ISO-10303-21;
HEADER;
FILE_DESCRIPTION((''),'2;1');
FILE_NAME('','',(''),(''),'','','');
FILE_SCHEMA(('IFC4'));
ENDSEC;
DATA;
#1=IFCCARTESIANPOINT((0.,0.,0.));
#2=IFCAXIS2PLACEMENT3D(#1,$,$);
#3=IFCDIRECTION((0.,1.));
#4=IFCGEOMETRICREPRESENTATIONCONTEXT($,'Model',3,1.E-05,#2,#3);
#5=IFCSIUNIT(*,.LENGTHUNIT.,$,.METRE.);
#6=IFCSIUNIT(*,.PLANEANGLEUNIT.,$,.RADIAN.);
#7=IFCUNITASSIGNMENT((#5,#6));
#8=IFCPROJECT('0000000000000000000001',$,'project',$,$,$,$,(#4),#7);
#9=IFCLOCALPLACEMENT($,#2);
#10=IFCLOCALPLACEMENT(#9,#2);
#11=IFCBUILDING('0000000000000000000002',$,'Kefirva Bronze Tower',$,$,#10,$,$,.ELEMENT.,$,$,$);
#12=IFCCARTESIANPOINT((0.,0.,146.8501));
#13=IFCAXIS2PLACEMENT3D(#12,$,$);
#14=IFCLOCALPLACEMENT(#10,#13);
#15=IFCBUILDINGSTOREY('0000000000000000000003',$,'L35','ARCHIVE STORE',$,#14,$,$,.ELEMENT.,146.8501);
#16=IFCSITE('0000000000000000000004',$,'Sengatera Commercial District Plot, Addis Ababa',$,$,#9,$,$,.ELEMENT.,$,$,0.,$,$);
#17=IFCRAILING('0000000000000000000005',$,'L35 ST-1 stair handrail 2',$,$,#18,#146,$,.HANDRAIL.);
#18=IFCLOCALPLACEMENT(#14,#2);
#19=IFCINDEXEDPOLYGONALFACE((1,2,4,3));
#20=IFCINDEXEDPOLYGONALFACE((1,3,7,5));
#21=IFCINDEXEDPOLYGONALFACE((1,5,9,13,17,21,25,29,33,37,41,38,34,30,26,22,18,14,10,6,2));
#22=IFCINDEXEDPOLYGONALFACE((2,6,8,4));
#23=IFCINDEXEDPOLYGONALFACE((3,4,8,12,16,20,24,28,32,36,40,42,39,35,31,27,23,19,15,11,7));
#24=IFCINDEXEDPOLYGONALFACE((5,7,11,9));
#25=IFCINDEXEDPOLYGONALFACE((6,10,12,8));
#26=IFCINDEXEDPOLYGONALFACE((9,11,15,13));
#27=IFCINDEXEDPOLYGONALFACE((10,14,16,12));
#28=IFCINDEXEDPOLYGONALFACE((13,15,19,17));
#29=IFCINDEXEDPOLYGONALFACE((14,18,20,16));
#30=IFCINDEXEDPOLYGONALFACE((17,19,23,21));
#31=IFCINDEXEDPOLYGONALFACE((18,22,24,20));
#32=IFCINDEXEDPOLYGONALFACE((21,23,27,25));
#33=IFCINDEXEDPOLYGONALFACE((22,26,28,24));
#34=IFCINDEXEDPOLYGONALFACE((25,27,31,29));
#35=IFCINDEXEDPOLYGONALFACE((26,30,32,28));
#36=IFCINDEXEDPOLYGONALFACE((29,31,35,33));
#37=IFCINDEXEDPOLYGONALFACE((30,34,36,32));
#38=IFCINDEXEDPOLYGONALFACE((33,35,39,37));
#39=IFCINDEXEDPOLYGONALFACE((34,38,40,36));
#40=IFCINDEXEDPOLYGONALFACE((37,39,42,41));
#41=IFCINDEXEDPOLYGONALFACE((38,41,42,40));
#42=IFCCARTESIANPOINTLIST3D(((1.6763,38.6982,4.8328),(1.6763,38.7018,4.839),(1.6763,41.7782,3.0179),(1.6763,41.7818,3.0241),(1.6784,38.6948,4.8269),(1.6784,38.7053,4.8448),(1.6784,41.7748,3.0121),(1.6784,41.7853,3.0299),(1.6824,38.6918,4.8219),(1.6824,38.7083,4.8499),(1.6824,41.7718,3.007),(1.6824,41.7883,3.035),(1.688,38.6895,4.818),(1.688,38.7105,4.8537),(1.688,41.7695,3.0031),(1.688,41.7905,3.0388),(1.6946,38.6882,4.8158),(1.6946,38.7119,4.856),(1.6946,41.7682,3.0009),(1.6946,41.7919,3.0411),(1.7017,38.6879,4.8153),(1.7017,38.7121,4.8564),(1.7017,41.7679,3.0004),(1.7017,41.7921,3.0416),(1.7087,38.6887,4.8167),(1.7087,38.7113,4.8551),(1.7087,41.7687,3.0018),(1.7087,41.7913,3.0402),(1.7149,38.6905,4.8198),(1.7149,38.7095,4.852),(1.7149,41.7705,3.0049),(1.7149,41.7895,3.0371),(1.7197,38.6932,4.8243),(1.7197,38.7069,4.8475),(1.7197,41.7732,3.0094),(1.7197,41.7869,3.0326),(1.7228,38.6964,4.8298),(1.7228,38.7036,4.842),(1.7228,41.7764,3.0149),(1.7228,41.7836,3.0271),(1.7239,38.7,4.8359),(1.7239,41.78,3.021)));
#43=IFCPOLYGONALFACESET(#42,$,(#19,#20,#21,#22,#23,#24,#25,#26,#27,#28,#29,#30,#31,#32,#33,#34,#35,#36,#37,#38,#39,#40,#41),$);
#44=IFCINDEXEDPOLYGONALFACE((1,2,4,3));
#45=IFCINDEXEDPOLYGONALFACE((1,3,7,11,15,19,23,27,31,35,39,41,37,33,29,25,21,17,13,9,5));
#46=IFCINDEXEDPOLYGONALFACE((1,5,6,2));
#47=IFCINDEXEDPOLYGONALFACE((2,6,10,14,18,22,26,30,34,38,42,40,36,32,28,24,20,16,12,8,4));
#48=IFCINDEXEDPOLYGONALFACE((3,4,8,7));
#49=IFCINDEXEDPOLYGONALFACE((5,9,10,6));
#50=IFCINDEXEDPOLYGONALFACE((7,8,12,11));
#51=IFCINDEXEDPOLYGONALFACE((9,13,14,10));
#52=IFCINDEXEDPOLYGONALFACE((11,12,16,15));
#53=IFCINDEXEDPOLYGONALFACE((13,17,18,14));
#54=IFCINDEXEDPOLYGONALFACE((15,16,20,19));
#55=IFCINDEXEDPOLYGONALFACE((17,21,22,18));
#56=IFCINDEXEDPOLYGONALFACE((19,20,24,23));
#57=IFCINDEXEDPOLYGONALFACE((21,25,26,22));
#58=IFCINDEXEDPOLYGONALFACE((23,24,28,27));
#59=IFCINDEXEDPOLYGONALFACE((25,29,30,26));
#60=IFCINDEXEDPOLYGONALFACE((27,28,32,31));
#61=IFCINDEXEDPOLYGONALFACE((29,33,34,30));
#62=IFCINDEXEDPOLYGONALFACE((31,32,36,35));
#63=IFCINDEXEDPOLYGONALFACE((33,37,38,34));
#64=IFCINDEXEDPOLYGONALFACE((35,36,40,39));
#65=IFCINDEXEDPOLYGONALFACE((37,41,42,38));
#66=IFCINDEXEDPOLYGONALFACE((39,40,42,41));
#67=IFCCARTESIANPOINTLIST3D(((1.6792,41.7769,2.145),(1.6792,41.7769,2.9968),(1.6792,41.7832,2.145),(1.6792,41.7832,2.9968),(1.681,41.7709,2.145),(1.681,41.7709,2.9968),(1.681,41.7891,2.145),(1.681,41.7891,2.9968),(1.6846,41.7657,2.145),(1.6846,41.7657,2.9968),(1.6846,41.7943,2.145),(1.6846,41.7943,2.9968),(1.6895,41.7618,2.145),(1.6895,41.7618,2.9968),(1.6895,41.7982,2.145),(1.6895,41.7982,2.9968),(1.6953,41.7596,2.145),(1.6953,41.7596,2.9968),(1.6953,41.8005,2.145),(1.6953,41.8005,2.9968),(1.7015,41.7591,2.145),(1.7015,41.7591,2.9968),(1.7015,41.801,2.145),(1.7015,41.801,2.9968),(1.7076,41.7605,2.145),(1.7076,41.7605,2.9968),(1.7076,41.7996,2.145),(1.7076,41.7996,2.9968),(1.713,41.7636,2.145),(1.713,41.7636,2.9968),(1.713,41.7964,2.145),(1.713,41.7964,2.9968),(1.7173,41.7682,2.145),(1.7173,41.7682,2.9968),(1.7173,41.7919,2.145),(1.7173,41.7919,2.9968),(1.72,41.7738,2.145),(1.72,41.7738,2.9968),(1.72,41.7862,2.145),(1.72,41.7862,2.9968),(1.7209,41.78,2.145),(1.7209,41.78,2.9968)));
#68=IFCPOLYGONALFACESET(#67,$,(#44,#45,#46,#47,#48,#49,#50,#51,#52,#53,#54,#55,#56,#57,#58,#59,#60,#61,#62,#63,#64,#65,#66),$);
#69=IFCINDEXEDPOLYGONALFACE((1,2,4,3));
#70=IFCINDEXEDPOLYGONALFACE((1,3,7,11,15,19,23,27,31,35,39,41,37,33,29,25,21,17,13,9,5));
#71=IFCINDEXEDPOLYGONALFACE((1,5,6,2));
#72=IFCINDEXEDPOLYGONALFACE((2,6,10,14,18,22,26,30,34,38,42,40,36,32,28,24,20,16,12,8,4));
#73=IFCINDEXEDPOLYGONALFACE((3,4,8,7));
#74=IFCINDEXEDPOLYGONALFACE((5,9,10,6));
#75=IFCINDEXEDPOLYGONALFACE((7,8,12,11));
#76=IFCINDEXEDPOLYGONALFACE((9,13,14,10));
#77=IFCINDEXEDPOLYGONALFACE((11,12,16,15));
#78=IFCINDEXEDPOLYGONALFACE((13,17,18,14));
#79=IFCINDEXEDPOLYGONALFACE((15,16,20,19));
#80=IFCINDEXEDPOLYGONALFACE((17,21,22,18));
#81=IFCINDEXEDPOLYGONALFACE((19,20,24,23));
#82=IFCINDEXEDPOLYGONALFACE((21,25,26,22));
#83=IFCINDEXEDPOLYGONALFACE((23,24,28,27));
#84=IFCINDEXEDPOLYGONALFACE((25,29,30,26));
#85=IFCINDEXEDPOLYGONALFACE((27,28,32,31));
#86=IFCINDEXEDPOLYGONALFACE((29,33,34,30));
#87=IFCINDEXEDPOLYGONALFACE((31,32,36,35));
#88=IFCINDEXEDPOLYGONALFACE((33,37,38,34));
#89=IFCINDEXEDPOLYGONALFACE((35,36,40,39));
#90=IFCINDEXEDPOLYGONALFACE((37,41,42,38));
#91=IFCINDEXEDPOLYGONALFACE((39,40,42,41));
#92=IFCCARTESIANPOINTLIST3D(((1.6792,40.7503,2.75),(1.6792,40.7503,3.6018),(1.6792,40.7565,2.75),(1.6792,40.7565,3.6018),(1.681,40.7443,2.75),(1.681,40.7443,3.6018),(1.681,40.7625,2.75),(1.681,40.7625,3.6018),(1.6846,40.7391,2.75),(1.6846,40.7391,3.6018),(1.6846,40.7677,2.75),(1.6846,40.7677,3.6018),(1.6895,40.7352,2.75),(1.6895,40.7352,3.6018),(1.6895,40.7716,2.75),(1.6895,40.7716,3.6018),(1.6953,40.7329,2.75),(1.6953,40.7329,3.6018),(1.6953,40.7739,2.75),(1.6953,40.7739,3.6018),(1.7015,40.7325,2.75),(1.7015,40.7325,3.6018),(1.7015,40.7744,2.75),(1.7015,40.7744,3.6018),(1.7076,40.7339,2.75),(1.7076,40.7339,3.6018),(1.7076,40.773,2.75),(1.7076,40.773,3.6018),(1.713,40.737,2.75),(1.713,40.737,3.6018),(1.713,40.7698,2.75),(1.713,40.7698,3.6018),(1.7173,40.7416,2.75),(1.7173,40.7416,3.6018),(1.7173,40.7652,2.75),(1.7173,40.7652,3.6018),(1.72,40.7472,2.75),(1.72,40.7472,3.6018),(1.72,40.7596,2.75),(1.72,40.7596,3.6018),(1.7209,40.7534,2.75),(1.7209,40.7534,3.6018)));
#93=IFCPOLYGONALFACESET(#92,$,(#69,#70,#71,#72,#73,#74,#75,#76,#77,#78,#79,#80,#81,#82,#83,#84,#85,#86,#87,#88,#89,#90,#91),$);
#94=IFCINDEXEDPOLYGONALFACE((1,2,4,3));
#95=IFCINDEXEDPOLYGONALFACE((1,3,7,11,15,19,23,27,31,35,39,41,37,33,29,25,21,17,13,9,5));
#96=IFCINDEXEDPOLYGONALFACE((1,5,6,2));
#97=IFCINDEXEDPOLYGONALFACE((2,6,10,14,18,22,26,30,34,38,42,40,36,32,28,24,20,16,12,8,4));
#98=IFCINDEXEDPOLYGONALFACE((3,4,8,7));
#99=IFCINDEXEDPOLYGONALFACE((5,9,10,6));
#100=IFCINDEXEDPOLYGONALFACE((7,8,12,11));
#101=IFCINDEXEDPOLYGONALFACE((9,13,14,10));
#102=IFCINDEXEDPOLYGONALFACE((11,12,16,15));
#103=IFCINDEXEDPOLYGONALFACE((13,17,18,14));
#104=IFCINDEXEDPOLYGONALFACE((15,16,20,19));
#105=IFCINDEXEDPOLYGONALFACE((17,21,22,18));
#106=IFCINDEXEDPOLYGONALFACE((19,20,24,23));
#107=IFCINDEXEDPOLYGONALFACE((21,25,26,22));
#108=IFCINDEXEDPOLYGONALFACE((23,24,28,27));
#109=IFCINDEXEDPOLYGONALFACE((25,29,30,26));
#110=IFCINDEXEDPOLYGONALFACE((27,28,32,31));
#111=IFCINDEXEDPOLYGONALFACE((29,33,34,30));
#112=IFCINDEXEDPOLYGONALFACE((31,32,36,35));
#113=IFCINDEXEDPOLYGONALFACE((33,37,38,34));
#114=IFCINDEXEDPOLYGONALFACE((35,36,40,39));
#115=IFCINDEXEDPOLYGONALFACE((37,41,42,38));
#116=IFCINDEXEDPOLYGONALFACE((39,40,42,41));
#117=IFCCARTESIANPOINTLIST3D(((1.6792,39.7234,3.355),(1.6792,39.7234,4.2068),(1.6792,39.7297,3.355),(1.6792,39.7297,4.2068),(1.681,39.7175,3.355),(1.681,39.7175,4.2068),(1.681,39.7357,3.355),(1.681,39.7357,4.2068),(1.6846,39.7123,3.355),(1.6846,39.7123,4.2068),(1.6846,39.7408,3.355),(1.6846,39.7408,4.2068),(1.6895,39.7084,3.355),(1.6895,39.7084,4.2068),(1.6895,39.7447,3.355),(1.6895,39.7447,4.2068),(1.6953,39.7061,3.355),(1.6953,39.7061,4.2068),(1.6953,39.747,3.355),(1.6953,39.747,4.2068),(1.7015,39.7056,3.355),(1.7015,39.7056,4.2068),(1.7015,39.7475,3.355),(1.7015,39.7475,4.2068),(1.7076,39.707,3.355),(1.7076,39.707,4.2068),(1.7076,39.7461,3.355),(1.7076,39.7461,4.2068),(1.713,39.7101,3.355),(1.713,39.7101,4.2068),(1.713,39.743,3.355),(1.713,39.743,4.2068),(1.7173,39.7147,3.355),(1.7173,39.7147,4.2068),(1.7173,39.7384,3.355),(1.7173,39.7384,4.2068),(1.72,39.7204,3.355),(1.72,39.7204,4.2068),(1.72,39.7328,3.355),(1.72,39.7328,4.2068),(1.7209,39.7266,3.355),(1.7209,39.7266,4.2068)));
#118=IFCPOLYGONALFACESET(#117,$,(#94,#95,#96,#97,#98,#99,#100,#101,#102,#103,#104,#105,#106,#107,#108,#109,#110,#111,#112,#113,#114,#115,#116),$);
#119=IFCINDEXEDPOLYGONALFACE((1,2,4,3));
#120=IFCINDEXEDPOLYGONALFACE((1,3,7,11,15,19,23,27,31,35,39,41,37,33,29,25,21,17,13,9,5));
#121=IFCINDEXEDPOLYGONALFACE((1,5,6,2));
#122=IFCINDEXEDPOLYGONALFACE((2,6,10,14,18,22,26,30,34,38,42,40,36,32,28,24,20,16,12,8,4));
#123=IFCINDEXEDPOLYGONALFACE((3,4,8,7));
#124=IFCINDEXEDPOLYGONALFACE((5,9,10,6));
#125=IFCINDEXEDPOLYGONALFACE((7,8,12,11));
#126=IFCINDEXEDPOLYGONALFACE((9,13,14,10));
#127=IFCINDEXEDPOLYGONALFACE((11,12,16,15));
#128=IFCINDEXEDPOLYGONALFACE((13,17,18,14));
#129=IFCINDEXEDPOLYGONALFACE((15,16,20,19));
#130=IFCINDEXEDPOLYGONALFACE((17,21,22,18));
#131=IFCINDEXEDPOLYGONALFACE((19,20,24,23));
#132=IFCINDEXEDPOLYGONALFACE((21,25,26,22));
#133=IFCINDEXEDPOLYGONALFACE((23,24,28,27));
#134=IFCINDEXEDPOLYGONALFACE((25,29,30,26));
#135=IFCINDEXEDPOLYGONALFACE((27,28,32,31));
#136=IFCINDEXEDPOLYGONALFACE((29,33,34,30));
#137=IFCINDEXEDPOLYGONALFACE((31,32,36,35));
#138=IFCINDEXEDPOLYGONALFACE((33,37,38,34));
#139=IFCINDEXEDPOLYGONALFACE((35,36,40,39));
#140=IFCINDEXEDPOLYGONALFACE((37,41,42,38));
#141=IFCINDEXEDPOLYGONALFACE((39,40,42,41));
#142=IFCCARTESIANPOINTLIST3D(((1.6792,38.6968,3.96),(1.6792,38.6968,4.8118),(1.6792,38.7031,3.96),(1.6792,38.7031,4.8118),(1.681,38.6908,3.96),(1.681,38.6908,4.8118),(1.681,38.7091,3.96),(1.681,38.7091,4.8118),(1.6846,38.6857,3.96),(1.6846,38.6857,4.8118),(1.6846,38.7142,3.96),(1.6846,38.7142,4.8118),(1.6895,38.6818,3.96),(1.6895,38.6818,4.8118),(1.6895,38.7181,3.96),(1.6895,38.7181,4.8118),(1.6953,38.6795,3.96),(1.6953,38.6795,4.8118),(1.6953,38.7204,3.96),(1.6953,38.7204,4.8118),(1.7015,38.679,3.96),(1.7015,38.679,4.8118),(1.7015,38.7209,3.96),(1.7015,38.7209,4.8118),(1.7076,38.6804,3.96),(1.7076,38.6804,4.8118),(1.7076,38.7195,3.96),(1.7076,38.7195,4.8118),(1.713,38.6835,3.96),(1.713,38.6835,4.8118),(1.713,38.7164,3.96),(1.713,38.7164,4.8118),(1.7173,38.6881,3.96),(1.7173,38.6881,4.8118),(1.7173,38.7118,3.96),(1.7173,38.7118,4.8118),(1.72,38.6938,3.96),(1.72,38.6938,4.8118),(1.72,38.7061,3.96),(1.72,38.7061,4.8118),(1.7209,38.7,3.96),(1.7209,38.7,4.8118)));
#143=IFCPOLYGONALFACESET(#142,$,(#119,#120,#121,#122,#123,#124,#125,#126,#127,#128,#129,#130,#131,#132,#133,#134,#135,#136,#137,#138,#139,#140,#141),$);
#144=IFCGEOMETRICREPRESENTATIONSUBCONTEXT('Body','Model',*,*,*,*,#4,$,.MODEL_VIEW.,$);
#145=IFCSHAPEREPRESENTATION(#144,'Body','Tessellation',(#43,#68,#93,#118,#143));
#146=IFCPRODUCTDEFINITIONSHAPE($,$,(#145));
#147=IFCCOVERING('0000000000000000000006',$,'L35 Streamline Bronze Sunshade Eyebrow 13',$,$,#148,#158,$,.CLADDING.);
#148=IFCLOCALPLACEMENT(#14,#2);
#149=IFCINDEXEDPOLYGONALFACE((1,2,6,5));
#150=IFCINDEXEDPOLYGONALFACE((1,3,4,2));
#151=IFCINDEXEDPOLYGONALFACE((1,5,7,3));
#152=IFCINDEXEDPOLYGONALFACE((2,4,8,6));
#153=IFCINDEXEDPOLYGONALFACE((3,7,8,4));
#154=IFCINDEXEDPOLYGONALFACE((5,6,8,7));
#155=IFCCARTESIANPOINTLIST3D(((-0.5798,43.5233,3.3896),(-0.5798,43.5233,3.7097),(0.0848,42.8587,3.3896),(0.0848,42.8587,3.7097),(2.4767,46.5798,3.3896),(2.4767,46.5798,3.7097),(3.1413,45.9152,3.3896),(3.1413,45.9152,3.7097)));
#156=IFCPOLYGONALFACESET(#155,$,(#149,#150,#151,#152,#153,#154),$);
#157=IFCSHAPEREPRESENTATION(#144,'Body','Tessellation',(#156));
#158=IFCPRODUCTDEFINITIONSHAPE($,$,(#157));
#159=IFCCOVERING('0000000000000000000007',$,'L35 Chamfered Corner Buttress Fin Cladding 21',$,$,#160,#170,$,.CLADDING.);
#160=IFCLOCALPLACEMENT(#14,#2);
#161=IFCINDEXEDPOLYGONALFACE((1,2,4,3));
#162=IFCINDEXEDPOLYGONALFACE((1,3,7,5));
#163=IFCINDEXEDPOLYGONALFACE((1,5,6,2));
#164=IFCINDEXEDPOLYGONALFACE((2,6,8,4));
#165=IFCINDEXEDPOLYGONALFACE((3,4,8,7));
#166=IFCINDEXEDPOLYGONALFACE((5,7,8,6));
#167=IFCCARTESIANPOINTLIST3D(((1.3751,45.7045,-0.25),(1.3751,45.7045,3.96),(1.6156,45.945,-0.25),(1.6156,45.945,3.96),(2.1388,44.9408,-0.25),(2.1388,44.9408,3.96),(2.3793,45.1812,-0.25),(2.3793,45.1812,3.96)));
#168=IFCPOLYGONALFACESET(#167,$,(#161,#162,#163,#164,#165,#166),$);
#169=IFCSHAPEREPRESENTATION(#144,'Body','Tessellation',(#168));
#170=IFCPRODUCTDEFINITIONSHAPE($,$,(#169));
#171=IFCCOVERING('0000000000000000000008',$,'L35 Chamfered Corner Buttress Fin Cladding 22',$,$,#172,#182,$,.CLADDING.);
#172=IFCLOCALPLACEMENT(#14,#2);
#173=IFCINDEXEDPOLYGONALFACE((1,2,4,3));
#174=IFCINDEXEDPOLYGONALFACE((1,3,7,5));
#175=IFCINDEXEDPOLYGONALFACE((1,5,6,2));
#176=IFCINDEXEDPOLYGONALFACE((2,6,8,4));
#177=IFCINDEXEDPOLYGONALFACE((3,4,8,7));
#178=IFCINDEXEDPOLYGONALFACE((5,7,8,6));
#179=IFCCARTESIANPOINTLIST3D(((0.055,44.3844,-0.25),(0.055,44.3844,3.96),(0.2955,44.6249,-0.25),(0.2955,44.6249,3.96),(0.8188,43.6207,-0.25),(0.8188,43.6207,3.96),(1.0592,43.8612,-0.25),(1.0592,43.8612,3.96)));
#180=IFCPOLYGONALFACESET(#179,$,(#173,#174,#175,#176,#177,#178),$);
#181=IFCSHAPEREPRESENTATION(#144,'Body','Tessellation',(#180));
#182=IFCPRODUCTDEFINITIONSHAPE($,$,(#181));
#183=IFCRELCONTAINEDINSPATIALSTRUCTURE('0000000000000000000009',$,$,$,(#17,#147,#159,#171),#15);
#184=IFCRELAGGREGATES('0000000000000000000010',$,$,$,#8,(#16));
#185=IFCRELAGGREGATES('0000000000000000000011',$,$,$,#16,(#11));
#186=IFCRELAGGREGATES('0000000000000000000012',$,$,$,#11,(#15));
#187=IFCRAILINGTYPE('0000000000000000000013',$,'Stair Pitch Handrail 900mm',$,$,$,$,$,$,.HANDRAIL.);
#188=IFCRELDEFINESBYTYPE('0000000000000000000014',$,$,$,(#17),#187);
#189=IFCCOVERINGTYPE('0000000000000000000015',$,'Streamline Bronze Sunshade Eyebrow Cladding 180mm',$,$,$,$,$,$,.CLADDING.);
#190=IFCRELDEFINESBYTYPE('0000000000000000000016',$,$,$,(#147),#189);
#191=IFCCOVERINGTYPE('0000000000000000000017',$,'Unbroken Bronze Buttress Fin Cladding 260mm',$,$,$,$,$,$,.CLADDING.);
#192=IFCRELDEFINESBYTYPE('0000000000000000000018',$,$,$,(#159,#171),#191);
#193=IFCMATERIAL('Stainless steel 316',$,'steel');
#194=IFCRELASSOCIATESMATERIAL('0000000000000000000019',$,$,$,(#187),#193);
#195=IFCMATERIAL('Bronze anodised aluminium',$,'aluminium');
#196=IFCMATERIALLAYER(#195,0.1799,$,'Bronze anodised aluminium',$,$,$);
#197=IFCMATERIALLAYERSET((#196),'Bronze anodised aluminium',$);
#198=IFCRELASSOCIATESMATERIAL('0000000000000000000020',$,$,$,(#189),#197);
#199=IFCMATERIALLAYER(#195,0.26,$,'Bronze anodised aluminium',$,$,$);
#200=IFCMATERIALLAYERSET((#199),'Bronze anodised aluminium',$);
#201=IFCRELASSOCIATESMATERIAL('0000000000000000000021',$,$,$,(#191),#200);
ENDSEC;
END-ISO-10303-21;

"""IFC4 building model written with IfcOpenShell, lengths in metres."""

from ifc_helpers import new_model, si_unit, direction, frame, origin, origin_2d, place, context, subcontext, project, spatial, rectangle, circle, extrude, material, layer, layer_set, type_object, element, save


model = new_model("IFC4")

# Units and contexts
model_context = context("Model", 3, precision=1e-05, world=origin(), true_north=direction((0.0, 1.0)))
body_context = subcontext(model_context, "Body", "Model", "MODEL_VIEW")
ifc_project = project(units=[si_unit("LENGTHUNIT", "METRE"), si_unit("PLANEANGLEUNIT", "RADIAN")], contexts=[model_context])

# Site, building, storey
site_placement = place(None, origin())
site = spatial("IfcSite", under=ifc_project, at=site_placement, Name="Sengatera Commercial District Plot, Addis Ababa", CompositionType="ELEMENT", RefElevation=0.0)
building_placement = place(site_placement, origin())
building = spatial("IfcBuilding", under=site, at=building_placement, Name="Kefirva Bronze Tower", CompositionType="ELEMENT")
storey_placement = place(building_placement, frame((0.0, 0.0, 146.8501)))
storey = spatial("IfcBuildingStorey", under=building, at=storey_placement, Name="L35", Description="ARCHIVE STORE", CompositionType="ELEMENT", Elevation=146.8501)

# Shared definitions
ifc_material_1 = material(Name="Bronze anodised aluminium", Category="aluminium")

# Railing
ifc_material_2 = material(Name="Stainless steel 316", Category="steel")
railing_type_1 = type_object("IfcRailingType", Name="Stair Pitch Handrail 900mm", PredefinedType="HANDRAIL", material=ifc_material_2)
railing_1_placement = place(storey_placement, frame((1.7, 41.78, 2.145)))
element("IfcRailing", 1, at=railing_1_placement, inside=storey, type_object=railing_type_1, Name="L35 ST-1 stair handrail 2", PredefinedType="HANDRAIL", context=body_context, shape_type="SweptSolid", body=[
    extrude(circle(Radius=0.0239, at=origin_2d()), frame((0.0, 0.0, 0.876), z_axis=(0.0, -0.861551, 0.507671), x_axis=(1.0, 0.0, 0.0)), (0.0, 0.0, 1.0), 3.575),
    extrude(circle(Radius=0.021, at=origin_2d()), origin(), (0.0, 0.0, 1.0), 0.8518),
    extrude(circle(Radius=0.021, at=origin_2d()), frame((0.0, -1.0266, 0.605)), (0.0, 0.0, 1.0), 0.8518),
    extrude(circle(Radius=0.021, at=origin_2d()), frame((0.0, -2.0535, 1.21)), (0.0, 0.0, 1.0), 0.8518),
    extrude(circle(Radius=0.021, at=origin_2d()), frame((0.0, -3.0801, 1.8149)), (0.0, 0.0, 1.0), 0.8518),
])

# Coverings
ifc_layer_1 = layer(ifc_material_1, 0.1799, Name="Bronze anodised aluminium")
ifc_layer_set_1 = layer_set([ifc_layer_1], Name="Bronze anodised aluminium")
covering_type_1 = type_object("IfcCoveringType", Name="Streamline Bronze Sunshade Eyebrow Cladding 180mm", PredefinedType="CLADDING", material=ifc_layer_set_1)
covering_1_placement = place(storey_placement, frame((1.2808, 44.7192, 3.3896), z_axis=(0.0, 0.0, 1.0), x_axis=(-0.707107, -0.707107, 0.0)))
element("IfcCovering", 2, at=covering_1_placement, inside=storey, type_object=covering_type_1, Name="L35 Streamline Bronze Sunshade Eyebrow 13", PredefinedType="CLADDING", context=body_context, shape_type="SweptSolid", body=[
    extrude(rectangle(XDim=4.3225, YDim=0.9399, at=origin_2d()), origin(), (0.0, 0.0, 1.0), 0.3201),
])
ifc_layer_2 = layer(ifc_material_1, 0.26, Name="Bronze anodised aluminium")
ifc_layer_set_2 = layer_set([ifc_layer_2], Name="Bronze anodised aluminium")
covering_type_2 = type_object("IfcCoveringType", Name="Unbroken Bronze Buttress Fin Cladding 260mm", PredefinedType="CLADDING", material=ifc_layer_set_2)
for number, where, z_axis, x_axis, name in (
    (3, (1.8772, 45.4429, -0.25), (0.0, 0.0, 1.0), (-0.707107, -0.707107, 0.0), "L35 Chamfered Corner Buttress Fin Cladding 21"),
    (4, (0.5571, 44.1228, -0.25), (0.0, 0.0, 1.0), (-0.707107, -0.707107, 0.0), "L35 Chamfered Corner Buttress Fin Cladding 22"),
):
    element("IfcCovering", number, at=place(storey_placement, frame(where, z_axis=z_axis, x_axis=x_axis)), inside=storey, type_object=covering_type_2, Name=name, PredefinedType="CLADDING", context=body_context, shape_type="SweptSolid", body=[
        extrude(rectangle(XDim=0.3401, YDim=1.0801, at=origin_2d()), origin(), (0.0, 0.0, 1.0), 4.21),
    ])

save(model, "model.ifc")
